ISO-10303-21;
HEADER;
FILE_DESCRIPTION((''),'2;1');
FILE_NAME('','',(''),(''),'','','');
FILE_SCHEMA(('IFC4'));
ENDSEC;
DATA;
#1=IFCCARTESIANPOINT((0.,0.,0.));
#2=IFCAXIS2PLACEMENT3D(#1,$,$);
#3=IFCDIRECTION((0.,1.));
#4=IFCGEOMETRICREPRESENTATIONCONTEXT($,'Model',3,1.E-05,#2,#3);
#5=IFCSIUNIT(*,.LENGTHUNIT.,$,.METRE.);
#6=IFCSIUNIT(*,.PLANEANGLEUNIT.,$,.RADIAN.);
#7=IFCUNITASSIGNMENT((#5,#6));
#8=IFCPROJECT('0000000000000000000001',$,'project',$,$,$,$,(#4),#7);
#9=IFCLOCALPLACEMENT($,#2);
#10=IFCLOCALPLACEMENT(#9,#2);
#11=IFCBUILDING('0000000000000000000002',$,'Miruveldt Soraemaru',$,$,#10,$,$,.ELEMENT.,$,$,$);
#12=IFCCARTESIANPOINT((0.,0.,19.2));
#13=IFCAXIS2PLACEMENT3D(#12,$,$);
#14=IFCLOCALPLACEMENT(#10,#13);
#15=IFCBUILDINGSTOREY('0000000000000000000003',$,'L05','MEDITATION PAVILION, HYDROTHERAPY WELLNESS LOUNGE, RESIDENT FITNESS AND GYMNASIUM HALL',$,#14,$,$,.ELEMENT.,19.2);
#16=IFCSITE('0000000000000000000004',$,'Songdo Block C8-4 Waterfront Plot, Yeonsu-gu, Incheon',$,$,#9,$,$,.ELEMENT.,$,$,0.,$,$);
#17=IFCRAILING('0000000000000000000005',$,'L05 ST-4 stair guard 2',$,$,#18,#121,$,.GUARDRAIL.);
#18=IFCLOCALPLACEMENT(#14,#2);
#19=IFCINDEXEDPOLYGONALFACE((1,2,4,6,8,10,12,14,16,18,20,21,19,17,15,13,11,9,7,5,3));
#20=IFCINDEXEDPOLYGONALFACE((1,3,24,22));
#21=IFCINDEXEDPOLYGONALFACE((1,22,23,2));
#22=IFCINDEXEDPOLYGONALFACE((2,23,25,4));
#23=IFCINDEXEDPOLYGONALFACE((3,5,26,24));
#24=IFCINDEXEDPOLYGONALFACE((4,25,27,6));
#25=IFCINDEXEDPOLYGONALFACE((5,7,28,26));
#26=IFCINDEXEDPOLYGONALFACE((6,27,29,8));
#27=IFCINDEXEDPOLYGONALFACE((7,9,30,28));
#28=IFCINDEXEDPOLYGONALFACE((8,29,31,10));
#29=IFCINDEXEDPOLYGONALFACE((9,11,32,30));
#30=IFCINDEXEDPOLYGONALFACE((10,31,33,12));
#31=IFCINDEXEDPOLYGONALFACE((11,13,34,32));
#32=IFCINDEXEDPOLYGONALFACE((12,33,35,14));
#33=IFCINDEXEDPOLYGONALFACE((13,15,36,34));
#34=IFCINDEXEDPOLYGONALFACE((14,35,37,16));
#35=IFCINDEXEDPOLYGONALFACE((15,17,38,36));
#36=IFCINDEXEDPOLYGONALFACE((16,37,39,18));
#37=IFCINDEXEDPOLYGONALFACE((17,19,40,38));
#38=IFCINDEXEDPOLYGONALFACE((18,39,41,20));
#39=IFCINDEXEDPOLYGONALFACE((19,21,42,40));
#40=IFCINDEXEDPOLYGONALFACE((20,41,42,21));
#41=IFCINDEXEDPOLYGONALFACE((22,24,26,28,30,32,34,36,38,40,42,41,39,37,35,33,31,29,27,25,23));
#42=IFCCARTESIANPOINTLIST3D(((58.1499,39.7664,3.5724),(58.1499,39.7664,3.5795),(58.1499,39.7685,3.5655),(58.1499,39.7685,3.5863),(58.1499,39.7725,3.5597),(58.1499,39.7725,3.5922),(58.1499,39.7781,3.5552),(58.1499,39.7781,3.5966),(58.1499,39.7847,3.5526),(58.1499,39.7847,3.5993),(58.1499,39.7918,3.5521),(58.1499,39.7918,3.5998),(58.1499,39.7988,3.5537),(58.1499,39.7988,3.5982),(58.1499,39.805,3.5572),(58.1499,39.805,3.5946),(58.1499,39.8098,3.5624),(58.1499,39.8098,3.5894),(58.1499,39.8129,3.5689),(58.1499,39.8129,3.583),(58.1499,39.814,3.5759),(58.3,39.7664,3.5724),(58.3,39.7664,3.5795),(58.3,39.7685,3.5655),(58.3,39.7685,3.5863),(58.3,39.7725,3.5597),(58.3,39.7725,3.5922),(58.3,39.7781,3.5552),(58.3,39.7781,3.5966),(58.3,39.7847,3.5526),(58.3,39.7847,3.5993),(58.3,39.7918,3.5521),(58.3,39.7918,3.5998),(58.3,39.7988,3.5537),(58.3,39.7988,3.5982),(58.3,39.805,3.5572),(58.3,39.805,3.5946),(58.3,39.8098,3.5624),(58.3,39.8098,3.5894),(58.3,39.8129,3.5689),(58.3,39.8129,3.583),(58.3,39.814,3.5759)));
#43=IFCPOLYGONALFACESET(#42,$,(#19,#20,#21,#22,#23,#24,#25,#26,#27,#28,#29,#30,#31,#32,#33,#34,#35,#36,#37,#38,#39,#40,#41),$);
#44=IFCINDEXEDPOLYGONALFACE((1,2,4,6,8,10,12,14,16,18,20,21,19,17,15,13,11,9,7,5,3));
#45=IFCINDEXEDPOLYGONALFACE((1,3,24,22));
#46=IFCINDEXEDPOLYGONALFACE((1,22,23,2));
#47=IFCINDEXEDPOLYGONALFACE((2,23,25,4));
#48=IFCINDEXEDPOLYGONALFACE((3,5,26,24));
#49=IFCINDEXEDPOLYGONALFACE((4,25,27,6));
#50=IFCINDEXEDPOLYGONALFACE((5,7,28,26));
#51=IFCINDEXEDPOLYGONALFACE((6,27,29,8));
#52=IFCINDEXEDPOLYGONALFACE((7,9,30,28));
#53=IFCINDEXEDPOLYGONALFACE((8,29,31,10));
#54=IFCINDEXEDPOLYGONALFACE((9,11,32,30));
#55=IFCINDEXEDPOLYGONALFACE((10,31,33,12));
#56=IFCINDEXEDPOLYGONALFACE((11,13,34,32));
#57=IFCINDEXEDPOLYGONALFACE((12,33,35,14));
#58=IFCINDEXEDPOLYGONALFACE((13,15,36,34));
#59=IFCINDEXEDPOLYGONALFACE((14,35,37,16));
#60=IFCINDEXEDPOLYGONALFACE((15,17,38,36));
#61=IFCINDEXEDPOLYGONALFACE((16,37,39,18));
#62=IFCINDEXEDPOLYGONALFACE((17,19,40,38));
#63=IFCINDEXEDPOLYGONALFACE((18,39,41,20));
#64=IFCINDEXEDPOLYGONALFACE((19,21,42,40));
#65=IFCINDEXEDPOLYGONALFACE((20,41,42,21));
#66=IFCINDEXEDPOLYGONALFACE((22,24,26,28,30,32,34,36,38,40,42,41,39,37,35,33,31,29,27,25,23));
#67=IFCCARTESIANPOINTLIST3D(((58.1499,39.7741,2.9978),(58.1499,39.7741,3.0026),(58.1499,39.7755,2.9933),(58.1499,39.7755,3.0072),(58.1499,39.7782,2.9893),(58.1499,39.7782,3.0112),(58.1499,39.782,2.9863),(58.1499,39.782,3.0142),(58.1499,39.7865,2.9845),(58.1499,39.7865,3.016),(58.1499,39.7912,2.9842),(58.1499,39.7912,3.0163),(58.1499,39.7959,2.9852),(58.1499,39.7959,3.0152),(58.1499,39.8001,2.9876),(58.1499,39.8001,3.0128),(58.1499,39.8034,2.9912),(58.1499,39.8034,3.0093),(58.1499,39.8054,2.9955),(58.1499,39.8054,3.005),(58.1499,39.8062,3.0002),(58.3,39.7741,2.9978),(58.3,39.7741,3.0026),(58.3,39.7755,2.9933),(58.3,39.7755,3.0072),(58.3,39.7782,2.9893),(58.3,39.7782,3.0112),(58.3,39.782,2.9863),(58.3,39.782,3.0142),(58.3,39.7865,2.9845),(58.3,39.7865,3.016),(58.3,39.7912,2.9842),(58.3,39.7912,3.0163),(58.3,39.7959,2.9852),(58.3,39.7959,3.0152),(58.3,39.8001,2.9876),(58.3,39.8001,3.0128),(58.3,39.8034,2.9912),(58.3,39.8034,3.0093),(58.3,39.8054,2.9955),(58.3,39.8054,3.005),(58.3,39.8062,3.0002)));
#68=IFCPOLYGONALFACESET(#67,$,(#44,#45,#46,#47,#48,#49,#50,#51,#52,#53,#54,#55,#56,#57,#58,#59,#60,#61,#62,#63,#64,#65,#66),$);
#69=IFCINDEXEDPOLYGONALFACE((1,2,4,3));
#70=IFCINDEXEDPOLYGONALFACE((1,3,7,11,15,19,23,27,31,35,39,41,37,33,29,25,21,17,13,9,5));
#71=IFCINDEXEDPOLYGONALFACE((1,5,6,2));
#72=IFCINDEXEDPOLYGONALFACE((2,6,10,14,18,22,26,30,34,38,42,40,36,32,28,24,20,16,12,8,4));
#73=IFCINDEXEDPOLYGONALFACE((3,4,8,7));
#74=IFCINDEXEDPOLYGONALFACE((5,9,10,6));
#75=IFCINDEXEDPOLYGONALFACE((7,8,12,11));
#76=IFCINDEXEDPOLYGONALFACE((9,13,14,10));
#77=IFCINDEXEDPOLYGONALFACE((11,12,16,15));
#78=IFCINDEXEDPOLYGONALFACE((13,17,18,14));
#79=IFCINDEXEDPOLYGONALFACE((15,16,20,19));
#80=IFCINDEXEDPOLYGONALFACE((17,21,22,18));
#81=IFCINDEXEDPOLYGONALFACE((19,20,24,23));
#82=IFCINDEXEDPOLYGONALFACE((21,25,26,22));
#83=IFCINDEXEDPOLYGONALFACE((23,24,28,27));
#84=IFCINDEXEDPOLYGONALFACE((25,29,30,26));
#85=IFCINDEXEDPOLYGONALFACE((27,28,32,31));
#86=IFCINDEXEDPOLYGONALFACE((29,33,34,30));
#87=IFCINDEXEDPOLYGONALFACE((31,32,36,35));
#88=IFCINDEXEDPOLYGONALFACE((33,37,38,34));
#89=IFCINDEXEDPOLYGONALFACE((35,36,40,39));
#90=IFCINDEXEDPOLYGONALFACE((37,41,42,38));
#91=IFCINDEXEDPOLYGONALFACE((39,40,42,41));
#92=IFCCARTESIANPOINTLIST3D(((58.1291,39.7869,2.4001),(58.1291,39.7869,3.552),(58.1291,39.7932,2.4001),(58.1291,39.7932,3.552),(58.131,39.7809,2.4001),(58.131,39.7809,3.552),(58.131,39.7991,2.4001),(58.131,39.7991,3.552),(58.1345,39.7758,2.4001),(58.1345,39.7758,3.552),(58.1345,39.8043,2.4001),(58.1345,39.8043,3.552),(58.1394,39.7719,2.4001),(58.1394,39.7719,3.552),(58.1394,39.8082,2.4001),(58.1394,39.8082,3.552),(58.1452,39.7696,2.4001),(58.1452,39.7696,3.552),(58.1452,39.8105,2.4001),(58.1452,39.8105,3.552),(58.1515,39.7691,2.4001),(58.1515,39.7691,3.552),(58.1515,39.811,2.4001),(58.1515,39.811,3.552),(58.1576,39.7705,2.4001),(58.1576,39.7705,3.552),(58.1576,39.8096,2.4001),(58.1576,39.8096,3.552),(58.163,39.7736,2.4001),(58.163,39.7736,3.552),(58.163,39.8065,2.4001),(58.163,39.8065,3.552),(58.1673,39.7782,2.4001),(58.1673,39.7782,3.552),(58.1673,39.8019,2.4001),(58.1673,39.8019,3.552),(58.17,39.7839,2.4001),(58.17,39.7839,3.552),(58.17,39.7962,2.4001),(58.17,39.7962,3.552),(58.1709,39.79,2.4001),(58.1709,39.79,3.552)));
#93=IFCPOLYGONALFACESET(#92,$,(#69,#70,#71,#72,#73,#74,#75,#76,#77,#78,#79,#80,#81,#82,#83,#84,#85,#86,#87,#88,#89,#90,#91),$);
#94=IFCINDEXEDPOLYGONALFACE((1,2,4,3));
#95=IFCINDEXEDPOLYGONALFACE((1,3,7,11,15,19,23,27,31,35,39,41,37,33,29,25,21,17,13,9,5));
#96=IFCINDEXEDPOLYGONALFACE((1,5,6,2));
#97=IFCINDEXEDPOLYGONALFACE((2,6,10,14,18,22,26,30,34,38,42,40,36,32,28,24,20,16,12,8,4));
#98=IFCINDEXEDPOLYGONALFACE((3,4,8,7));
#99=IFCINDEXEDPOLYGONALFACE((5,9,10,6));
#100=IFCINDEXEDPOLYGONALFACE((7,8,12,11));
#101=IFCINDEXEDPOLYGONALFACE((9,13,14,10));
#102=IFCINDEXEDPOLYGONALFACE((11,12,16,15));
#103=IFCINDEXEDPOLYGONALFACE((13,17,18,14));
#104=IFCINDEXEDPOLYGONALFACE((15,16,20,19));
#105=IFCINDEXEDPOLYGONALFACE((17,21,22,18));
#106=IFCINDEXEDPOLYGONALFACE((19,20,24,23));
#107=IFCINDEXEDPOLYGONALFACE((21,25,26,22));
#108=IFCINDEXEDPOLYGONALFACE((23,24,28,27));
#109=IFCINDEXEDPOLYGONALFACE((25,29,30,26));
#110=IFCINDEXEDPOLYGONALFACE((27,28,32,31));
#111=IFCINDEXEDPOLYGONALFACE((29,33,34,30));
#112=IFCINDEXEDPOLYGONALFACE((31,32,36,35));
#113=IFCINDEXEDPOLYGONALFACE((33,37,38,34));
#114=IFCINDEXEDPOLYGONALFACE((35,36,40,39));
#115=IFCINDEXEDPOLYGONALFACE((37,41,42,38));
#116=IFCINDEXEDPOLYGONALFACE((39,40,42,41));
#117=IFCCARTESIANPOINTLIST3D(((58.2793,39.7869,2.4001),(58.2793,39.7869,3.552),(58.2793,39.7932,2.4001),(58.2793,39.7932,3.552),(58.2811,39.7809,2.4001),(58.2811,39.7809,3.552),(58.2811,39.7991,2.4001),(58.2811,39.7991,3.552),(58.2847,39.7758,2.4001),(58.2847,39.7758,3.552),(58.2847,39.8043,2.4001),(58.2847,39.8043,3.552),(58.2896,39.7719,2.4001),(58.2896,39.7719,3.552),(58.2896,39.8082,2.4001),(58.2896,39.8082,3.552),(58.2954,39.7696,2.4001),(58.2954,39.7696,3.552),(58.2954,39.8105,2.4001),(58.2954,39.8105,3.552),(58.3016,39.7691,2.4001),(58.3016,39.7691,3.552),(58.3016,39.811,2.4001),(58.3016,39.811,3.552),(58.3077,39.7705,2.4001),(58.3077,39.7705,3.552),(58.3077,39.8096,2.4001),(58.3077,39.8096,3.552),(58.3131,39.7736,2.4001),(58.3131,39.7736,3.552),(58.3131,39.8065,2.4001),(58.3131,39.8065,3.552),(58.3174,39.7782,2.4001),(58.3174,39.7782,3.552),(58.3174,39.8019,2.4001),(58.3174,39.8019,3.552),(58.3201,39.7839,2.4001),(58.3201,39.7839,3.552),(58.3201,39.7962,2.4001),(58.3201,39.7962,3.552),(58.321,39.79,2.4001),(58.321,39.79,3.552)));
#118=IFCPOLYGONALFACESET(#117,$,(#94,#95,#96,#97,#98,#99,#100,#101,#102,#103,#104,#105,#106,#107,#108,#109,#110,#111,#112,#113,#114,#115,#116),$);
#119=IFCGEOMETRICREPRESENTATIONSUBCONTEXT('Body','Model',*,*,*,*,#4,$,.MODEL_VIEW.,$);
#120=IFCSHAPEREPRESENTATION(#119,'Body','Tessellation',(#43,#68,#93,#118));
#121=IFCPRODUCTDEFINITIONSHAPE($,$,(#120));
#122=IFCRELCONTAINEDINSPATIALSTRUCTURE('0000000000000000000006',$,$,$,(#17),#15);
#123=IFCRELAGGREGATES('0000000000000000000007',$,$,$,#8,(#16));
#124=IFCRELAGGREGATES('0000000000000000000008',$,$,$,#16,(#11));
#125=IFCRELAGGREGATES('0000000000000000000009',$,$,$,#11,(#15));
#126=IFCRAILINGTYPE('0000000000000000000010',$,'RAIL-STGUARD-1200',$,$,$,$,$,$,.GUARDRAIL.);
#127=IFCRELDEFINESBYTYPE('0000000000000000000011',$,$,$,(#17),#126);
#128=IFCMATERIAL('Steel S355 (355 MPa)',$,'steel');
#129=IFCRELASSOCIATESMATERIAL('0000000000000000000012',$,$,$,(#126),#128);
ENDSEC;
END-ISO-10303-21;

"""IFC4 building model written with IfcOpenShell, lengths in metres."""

from ifc_helpers import new_model, si_unit, direction, frame, origin, origin_2d, place, context, subcontext, project, spatial, circle, extrude, material, type_object, element, save


model = new_model("IFC4")

# Units and contexts
model_context = context("Model", 3, precision=1e-05, world=origin(), true_north=direction((0.0, 1.0)))
body_context = subcontext(model_context, "Body", "Model", "MODEL_VIEW")
ifc_project = project(units=[si_unit("LENGTHUNIT", "METRE"), si_unit("PLANEANGLEUNIT", "RADIAN")], contexts=[model_context])

# Site, building, storey
site_placement = place(None, origin())
site = spatial("IfcSite", under=ifc_project, at=site_placement, Name="Songdo Block C8-4 Waterfront Plot, Yeonsu-gu, Incheon", CompositionType="ELEMENT", RefElevation=0.0)
building_placement = place(site_placement, origin())
building = spatial("IfcBuilding", under=site, at=building_placement, Name="Miruveldt Soraemaru", CompositionType="ELEMENT")
storey_placement = place(building_placement, frame((0.0, 0.0, 19.2)))
storey = spatial("IfcBuildingStorey", under=building, at=storey_placement, Name="L05", Description="MEDITATION PAVILION, HYDROTHERAPY WELLNESS LOUNGE, RESIDENT FITNESS AND GYMNASIUM HALL", CompositionType="ELEMENT", Elevation=19.2)

# Shared definitions
ifc_material_1 = material(Name="Steel S355 (355 MPa)", Category="steel")

# Railing
railing_type_1 = type_object("IfcRailingType", Name="RAIL-STGUARD-1200", PredefinedType="GUARDRAIL", material=ifc_material_1)
railing_1_placement = place(storey_placement, frame((58.1499, 39.79, 2.4001)))
element("IfcRailing", 1, at=railing_1_placement, inside=storey, type_object=railing_type_1, Name="L05 ST-4 stair guard 2", PredefinedType="GUARDRAIL", context=body_context, shape_type="SweptSolid", body=[
    extrude(circle(Radius=0.0239, at=origin_2d()), frame((0.0, 0.0, 1.1758), z_axis=(1.0, 0.0, 0.0), x_axis=(0.0, 1.0, 0.0)), (0.0, 0.0, 1.0), 0.1501),
    extrude(circle(Radius=0.0161, at=origin_2d()), frame((0.0, 0.0, 0.6001), z_axis=(1.0, 0.0, 0.0), x_axis=(0.0, 1.0, 0.0)), (0.0, 0.0, 1.0), 0.1501),
    extrude(circle(Radius=0.021, at=origin_2d()), origin(), (0.0, 0.0, 1.0), 1.1519),
    extrude(circle(Radius=0.021, at=origin_2d()), frame((0.1501, 0.0, 0.0)), (0.0, 0.0, 1.0), 1.1519),
])

save(model, "model.ifc")
